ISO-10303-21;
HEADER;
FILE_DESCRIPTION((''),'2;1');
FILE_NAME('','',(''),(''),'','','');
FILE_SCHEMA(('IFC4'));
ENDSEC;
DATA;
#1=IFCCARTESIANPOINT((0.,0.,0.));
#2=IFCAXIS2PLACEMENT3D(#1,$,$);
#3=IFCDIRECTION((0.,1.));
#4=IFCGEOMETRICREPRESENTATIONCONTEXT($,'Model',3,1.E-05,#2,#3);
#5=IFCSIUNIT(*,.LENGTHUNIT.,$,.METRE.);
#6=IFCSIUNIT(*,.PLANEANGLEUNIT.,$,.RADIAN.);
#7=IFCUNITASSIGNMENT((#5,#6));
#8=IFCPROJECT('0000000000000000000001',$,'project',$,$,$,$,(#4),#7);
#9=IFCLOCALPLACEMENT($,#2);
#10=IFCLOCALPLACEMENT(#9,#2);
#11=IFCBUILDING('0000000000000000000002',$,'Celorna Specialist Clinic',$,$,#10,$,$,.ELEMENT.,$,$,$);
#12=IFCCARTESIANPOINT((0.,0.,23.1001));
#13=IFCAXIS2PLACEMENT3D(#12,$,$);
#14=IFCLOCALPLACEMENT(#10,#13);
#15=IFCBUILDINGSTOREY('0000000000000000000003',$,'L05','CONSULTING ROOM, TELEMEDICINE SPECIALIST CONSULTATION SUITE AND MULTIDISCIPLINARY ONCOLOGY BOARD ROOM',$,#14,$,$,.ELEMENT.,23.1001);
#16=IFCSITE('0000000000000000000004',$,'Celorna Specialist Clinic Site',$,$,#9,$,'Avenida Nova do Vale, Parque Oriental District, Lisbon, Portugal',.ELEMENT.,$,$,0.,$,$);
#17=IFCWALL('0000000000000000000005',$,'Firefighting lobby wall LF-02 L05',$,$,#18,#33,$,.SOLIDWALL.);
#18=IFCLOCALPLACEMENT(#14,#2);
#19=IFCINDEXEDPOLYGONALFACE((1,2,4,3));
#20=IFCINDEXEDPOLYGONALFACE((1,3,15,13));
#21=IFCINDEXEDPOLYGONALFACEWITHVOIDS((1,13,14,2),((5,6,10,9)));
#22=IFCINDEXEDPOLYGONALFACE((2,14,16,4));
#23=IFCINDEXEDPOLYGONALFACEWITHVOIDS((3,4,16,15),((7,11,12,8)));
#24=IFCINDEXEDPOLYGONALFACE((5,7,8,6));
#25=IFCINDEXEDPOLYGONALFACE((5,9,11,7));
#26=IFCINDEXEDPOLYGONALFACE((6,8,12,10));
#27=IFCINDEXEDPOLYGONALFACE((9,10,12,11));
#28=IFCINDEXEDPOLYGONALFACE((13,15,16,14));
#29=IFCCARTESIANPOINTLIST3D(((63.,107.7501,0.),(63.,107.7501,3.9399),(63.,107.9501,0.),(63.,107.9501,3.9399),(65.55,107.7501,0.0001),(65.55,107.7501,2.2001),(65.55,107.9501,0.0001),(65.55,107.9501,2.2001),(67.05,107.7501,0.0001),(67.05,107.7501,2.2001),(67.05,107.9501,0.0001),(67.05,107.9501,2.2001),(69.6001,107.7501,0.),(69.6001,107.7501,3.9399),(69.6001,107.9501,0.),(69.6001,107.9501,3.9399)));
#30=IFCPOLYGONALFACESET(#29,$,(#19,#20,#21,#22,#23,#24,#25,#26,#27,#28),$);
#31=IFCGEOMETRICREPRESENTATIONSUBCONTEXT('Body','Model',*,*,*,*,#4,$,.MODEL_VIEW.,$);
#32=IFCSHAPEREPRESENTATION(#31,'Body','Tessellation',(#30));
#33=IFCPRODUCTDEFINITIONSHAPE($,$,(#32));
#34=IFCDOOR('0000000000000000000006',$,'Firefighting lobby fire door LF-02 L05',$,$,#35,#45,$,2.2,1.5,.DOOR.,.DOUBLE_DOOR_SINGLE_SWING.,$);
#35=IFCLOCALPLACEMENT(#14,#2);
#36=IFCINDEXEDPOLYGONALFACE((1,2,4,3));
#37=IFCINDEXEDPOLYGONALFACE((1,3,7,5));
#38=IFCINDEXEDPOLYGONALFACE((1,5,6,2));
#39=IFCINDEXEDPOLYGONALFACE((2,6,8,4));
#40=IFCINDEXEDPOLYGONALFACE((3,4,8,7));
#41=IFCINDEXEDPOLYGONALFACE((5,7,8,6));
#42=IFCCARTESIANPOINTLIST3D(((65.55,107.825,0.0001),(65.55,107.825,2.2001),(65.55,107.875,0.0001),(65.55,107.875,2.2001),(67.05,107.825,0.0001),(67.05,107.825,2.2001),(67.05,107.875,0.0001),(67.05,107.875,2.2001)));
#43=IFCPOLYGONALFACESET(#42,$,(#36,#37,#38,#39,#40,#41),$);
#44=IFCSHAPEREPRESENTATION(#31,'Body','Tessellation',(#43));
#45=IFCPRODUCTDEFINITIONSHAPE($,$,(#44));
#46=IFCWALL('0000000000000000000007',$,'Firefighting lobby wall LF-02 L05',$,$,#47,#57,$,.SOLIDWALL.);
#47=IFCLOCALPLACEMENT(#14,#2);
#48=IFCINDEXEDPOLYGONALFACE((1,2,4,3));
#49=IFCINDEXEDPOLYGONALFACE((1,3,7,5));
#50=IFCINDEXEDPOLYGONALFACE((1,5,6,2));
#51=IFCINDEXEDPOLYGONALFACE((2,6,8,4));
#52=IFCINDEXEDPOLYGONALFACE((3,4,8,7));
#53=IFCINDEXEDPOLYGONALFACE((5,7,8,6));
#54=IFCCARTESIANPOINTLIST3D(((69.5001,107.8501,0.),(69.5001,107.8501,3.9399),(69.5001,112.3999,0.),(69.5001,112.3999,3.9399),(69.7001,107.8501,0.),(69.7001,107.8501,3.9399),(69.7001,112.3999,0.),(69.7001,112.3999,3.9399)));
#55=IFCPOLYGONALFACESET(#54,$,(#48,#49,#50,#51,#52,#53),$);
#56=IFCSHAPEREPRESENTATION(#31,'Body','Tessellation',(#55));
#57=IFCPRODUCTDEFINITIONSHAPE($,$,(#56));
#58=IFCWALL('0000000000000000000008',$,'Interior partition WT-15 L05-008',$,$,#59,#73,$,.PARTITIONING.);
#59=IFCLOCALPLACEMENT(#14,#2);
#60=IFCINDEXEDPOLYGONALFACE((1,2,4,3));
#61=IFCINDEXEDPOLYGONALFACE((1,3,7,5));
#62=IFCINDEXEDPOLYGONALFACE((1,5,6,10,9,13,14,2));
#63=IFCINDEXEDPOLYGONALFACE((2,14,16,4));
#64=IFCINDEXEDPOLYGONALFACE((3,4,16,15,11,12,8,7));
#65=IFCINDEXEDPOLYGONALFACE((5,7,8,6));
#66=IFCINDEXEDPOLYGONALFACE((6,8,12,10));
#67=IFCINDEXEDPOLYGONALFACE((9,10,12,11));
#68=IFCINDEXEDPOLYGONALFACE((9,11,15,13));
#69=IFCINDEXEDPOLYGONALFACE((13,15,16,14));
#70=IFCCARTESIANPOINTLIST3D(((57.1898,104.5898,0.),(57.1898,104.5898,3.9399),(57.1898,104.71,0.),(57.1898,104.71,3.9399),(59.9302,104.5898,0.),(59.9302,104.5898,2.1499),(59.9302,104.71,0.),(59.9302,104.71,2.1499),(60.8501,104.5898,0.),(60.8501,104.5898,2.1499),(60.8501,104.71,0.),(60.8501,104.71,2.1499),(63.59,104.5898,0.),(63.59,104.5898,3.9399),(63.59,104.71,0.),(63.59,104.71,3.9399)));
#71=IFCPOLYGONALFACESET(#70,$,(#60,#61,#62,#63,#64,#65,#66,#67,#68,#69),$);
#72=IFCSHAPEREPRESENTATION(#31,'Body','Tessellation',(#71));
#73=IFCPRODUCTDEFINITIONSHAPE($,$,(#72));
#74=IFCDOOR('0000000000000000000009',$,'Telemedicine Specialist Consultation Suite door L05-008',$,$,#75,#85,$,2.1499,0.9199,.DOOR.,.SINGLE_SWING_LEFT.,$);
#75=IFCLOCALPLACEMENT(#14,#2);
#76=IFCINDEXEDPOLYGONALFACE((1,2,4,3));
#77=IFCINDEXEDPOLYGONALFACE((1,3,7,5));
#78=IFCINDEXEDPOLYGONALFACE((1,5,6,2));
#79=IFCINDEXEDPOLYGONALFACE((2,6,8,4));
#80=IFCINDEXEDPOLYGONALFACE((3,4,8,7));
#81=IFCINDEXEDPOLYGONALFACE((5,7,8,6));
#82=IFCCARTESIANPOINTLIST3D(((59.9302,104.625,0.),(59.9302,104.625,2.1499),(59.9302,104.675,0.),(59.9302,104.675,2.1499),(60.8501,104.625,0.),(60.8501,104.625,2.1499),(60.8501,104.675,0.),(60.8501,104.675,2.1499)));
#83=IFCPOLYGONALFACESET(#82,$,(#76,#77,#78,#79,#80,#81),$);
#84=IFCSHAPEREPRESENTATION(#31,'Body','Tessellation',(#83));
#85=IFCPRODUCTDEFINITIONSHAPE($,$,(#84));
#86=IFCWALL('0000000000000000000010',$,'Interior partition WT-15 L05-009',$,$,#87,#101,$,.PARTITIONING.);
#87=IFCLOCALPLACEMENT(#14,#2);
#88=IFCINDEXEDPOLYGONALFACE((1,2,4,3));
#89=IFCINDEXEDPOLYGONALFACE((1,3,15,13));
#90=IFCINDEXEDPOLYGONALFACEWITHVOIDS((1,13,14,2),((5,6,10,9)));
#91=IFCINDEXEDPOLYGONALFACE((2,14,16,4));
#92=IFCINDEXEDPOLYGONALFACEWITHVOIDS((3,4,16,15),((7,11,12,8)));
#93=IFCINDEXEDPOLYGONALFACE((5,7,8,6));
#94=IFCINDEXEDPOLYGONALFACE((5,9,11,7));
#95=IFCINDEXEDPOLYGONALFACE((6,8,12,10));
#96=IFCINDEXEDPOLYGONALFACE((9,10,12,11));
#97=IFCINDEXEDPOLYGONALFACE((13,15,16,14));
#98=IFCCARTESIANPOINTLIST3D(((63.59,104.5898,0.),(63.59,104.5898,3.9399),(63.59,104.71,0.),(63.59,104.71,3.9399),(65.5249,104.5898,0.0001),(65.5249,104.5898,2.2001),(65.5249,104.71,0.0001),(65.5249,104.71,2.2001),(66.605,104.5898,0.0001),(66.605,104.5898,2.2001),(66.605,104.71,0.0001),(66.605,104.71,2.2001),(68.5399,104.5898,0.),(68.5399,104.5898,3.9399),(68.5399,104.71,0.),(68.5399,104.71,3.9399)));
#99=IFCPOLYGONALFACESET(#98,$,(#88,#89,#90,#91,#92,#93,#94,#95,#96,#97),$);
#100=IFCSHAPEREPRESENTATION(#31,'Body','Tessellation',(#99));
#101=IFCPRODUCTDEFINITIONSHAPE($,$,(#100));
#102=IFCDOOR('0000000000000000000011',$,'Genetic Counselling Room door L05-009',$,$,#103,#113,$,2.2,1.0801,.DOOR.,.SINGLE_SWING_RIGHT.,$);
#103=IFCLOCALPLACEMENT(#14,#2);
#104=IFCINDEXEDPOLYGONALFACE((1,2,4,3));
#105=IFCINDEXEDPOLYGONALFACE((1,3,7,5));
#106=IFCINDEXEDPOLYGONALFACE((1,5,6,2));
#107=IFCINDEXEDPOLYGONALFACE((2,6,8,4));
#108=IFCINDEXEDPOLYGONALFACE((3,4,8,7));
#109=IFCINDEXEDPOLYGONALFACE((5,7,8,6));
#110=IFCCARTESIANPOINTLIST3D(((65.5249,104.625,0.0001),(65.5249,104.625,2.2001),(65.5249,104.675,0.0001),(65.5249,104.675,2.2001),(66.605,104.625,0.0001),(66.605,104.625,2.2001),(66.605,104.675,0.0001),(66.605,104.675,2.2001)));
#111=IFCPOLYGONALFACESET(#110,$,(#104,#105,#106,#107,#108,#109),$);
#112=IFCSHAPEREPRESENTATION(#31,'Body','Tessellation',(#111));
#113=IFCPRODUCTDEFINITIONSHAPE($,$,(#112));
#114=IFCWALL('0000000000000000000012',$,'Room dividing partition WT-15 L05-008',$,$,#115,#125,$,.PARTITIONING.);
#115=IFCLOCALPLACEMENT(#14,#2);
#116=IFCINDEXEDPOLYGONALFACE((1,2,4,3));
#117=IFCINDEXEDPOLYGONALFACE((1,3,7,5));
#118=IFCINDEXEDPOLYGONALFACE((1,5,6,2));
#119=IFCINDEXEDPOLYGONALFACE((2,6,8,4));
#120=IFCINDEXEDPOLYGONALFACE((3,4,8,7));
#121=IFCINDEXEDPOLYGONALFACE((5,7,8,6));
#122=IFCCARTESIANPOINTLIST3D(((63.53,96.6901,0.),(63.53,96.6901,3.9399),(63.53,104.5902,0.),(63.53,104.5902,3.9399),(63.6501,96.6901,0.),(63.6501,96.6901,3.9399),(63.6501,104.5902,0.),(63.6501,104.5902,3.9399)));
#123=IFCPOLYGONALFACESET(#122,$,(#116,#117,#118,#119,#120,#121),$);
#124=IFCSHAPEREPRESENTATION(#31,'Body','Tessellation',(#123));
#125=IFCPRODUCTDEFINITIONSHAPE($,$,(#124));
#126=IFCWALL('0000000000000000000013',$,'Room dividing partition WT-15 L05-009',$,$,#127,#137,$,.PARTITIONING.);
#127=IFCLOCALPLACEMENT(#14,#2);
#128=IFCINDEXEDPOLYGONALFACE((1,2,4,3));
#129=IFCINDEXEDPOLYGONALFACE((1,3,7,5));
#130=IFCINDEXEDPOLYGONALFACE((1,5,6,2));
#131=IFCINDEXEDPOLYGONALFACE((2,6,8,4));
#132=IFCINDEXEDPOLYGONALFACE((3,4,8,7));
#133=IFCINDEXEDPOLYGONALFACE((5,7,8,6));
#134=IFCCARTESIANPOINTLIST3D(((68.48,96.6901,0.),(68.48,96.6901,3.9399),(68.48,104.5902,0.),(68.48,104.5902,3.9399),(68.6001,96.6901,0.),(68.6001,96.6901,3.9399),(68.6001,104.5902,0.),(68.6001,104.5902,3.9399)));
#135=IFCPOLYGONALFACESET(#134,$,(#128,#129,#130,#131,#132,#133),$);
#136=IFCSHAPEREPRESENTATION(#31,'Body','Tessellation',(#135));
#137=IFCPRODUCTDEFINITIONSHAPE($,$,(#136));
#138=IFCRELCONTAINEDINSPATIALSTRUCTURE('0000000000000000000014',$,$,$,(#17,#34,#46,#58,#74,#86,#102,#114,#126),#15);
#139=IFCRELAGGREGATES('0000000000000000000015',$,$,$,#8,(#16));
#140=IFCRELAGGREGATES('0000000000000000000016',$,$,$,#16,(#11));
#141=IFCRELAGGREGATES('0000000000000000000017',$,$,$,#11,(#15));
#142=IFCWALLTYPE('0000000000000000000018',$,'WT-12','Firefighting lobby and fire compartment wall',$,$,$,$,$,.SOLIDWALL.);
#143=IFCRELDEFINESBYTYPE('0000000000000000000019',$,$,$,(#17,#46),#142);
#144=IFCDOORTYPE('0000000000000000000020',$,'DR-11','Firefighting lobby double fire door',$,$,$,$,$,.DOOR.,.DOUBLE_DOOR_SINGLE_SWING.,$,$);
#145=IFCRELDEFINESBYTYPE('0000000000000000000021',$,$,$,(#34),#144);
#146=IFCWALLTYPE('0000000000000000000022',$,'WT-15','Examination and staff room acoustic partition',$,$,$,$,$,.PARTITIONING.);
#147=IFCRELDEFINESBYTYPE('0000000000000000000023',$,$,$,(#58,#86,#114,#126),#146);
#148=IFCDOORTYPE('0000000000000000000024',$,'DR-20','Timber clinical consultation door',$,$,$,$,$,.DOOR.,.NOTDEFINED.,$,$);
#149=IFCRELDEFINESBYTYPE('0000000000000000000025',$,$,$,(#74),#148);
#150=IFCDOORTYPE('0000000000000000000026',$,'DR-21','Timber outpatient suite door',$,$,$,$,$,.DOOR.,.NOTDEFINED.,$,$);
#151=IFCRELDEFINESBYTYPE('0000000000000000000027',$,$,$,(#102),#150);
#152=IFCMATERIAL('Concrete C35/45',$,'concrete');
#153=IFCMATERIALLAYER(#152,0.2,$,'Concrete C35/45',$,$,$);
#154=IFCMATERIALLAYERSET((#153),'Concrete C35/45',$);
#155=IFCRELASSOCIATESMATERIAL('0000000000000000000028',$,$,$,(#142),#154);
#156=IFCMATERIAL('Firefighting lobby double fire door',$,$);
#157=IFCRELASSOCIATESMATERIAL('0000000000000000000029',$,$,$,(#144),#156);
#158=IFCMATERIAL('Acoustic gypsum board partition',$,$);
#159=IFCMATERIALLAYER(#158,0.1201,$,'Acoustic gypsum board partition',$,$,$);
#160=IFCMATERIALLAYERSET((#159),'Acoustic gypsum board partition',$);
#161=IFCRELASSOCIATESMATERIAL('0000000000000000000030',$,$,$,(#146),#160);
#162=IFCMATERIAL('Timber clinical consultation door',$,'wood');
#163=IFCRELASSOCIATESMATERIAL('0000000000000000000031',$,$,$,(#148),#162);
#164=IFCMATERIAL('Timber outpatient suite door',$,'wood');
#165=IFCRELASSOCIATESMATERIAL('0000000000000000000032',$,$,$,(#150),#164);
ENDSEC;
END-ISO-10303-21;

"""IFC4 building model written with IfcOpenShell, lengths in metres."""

from ifc_helpers import new_model, si_unit, direction, frame, frame_2d, origin, place, context, subcontext, project, spatial, rectangle, extrude, material, layer, layer_set, type_object, element, fill, save


model = new_model("IFC4")

# Units and contexts
model_context = context("Model", 3, precision=1e-05, world=origin(), true_north=direction((0.0, 1.0)))
body_context = subcontext(model_context, "Body", "Model", "MODEL_VIEW")
ifc_project = project(units=[si_unit("LENGTHUNIT", "METRE"), si_unit("PLANEANGLEUNIT", "RADIAN")], contexts=[model_context])

# Site, building, storey
site_placement = place(None, origin())
site = spatial("IfcSite", under=ifc_project, at=site_placement, Name="Celorna Specialist Clinic Site", LongName="Avenida Nova do Vale, Parque Oriental District, Lisbon, Portugal", CompositionType="ELEMENT", RefElevation=0.0)
building_placement = place(site_placement, origin())
building = spatial("IfcBuilding", under=site, at=building_placement, Name="Celorna Specialist Clinic", CompositionType="ELEMENT")
storey_placement = place(building_placement, frame((0.0, 0.0, 23.1001)))
storey = spatial("IfcBuildingStorey", under=building, at=storey_placement, Name="L05", Description="CONSULTING ROOM, TELEMEDICINE SPECIALIST CONSULTATION SUITE AND MULTIDISCIPLINARY ONCOLOGY BOARD ROOM", CompositionType="ELEMENT", Elevation=23.1001)

# Shared definitions
ifc_material_1 = material(Name="Concrete C35/45", Category="concrete")

# Shared definitions
ifc_layer_1 = layer(ifc_material_1, 0.2, Name="Concrete C35/45")
ifc_layer_set_1 = layer_set([ifc_layer_1], Name="Concrete C35/45")
wall_type_1 = type_object("IfcWallType", Name="WT-12", Description="Firefighting lobby and fire compartment wall", PredefinedType="SOLIDWALL", material=ifc_layer_set_1)

# Wall, opening, door
wall_1_placement = place(storey_placement, frame((63.0, 107.8501, 0.0), z_axis=(0.0, 0.0, 1.0), x_axis=(1.0, 0.0, 0.0)))
wall_1 = element("IfcWall", 1, at=wall_1_placement, inside=storey, type_object=wall_type_1, Name="Firefighting lobby wall LF-02 L05", PredefinedType="SOLIDWALL", context=body_context, shape_type="SweptSolid", body=[
    extrude(rectangle(XDim=6.6001, YDim=0.2, at=frame_2d((3.3, 0.0))), origin(), (0.0, 0.0, 1.0), 3.9399),
])
opening_1_placement = place(wall_1_placement, frame((2.55, 0.0, 0.0)))
opening_1 = element("IfcOpeningElement", 2, at=opening_1_placement, cuts=wall_1, PredefinedType="OPENING", context=body_context, shape_type="SweptSolid", body=[
    extrude(rectangle(XDim=1.5, YDim=2.2, at=frame_2d((0.75, 1.1001))), frame((0.0, 0.1099, 0.0), z_axis=(0.0, -1.0, 0.0), x_axis=(1.0, 0.0, 0.0)), (0.0, 0.0, 1.0), 0.22),
])
ifc_material_2 = material(Name="Firefighting lobby double fire door")
door_type_1 = type_object("IfcDoorType", Name="DR-11", Description="Firefighting lobby double fire door", OperationType="DOUBLE_DOOR_SINGLE_SWING", PredefinedType="DOOR", material=ifc_material_2)
door_1_placement = place(opening_1_placement, origin())
door_1 = element("IfcDoor", 3, at=door_1_placement, inside=storey, type_object=door_type_1, Name="Firefighting lobby fire door LF-02 L05", OperationType="DOUBLE_DOOR_SINGLE_SWING", OverallHeight=2.2, OverallWidth=1.5, PredefinedType="DOOR", context=body_context, shape_type="SweptSolid", body=[
    extrude(rectangle(XDim=1.5, YDim=2.2, at=frame_2d((0.75, 1.1001))), frame((0.0, 0.0249, 0.0), z_axis=(0.0, -1.0, 0.0), x_axis=(1.0, 0.0, 0.0)), (0.0, 0.0, 1.0), 0.05),
])
fill(opening_1, door_1)

# Wall
wall_2_placement = place(storey_placement, frame((69.6001, 107.8501, 0.0), z_axis=(0.0, 0.0, 1.0), x_axis=(0.0, 1.0, 0.0)))
element("IfcWall", 4, at=wall_2_placement, inside=storey, type_object=wall_type_1, Name="Firefighting lobby wall LF-02 L05", PredefinedType="SOLIDWALL", context=body_context, shape_type="SweptSolid", body=[
    extrude(rectangle(XDim=4.5498, YDim=0.2, at=frame_2d((2.2749, 0.0))), origin(), (0.0, 0.0, 1.0), 3.9399),
])

# Walls, openings, doors
ifc_material_3 = material(Name="Acoustic gypsum board partition")
ifc_layer_2 = layer(ifc_material_3, 0.1201, Name="Acoustic gypsum board partition")
ifc_layer_set_2 = layer_set([ifc_layer_2], Name="Acoustic gypsum board partition")
wall_type_2 = type_object("IfcWallType", Name="WT-15", Description="Examination and staff room acoustic partition", PredefinedType="PARTITIONING", material=ifc_layer_set_2)
wall_3_placement = place(storey_placement, frame((63.5901, 104.6499, 0.0), z_axis=(0.0, 0.0, 1.0), x_axis=(-1.0, 0.0, 0.0)))
wall_3 = element("IfcWall", 5, at=wall_3_placement, inside=storey, type_object=wall_type_2, Name="Interior partition WT-15 L05-008", PredefinedType="PARTITIONING", context=body_context, shape_type="SweptSolid", body=[
    extrude(rectangle(XDim=6.4001, YDim=0.1201, at=frame_2d((3.2002, 0.0))), origin(), (0.0, 0.0, 1.0), 3.9399),
])
opening_2_placement = place(wall_3_placement, frame((2.74, 0.0, 0.0)))
opening_2 = element("IfcOpeningElement", 6, at=opening_2_placement, cuts=wall_3, PredefinedType="OPENING", context=body_context, shape_type="SweptSolid", body=[
    extrude(rectangle(XDim=0.9199, YDim=2.1499, at=frame_2d((0.46, 1.075))), frame((0.0, 0.0701, 0.0), z_axis=(0.0, -1.0, 0.0), x_axis=(1.0, 0.0, 0.0)), (0.0, 0.0, 1.0), 0.1401),
])
ifc_material_4 = material(Name="Timber clinical consultation door", Category="wood")
door_type_2 = type_object("IfcDoorType", Name="DR-20", Description="Timber clinical consultation door", OperationType="NOTDEFINED", PredefinedType="DOOR", material=ifc_material_4)
door_2_placement = place(opening_2_placement, origin())
door_2 = element("IfcDoor", 7, at=door_2_placement, inside=storey, type_object=door_type_2, Name="Telemedicine Specialist Consultation Suite door L05-008", OperationType="SINGLE_SWING_LEFT", OverallHeight=2.1499, OverallWidth=0.9199, PredefinedType="DOOR", context=body_context, shape_type="SweptSolid", body=[
    extrude(rectangle(XDim=0.9199, YDim=2.1499, at=frame_2d((0.46, 1.075))), frame((0.0, 0.0249, 0.0), z_axis=(0.0, -1.0, 0.0), x_axis=(1.0, 0.0, 0.0)), (0.0, 0.0, 1.0), 0.05),
])
fill(opening_2, door_2)
wall_4_placement = place(storey_placement, frame((68.54, 104.6499, 0.0), z_axis=(0.0, 0.0, 1.0), x_axis=(-1.0, 0.0, 0.0)))
wall_4 = element("IfcWall", 8, at=wall_4_placement, inside=storey, type_object=wall_type_2, Name="Interior partition WT-15 L05-009", PredefinedType="PARTITIONING", context=body_context, shape_type="SweptSolid", body=[
    extrude(rectangle(XDim=4.95, YDim=0.1201, at=frame_2d((2.4751, 0.0))), origin(), (0.0, 0.0, 1.0), 3.9399),
])
opening_3_placement = place(wall_4_placement, frame((1.9351, 0.0, 0.0)))
opening_3 = element("IfcOpeningElement", 9, at=opening_3_placement, cuts=wall_4, PredefinedType="OPENING", context=body_context, shape_type="SweptSolid", body=[
    extrude(rectangle(XDim=1.0801, YDim=2.2, at=frame_2d((0.54, 1.1001))), frame((0.0, 0.0701, 0.0), z_axis=(0.0, -1.0, 0.0), x_axis=(1.0, 0.0, 0.0)), (0.0, 0.0, 1.0), 0.1401),
])
ifc_material_5 = material(Name="Timber outpatient suite door", Category="wood")
door_type_3 = type_object("IfcDoorType", Name="DR-21", Description="Timber outpatient suite door", OperationType="NOTDEFINED", PredefinedType="DOOR", material=ifc_material_5)
door_3_placement = place(opening_3_placement, origin())
door_3 = element("IfcDoor", 10, at=door_3_placement, inside=storey, type_object=door_type_3, Name="Genetic Counselling Room door L05-009", OperationType="SINGLE_SWING_RIGHT", OverallHeight=2.2, OverallWidth=1.0801, PredefinedType="DOOR", context=body_context, shape_type="SweptSolid", body=[
    extrude(rectangle(XDim=1.0801, YDim=2.2, at=frame_2d((0.54, 1.1001))), frame((0.0, 0.0249, 0.0), z_axis=(0.0, -1.0, 0.0), x_axis=(1.0, 0.0, 0.0)), (0.0, 0.0, 1.0), 0.05),
])
fill(opening_3, door_3)

# Walls
for number, where, z_axis, x_axis, name in (
    (11, (63.5901, 96.6899, 0.0), (0.0, 0.0, 1.0), (0.0, 1.0, 0.0), "Room dividing partition WT-15 L05-008"),
    (12, (68.54, 96.6899, 0.0), (0.0, 0.0, 1.0), (0.0, 1.0, 0.0), "Room dividing partition WT-15 L05-009"),
):
    element("IfcWall", number, at=place(storey_placement, frame(where, z_axis=z_axis, x_axis=x_axis)), inside=storey, type_object=wall_type_2, Name=name, PredefinedType="PARTITIONING", context=body_context, shape_type="SweptSolid", body=[
        extrude(rectangle(XDim=7.9001, YDim=0.1201, at=frame_2d((3.9502, 0.0))), origin(), (0.0, 0.0, 1.0), 3.9399),
    ])

save(model, "model.ifc")
